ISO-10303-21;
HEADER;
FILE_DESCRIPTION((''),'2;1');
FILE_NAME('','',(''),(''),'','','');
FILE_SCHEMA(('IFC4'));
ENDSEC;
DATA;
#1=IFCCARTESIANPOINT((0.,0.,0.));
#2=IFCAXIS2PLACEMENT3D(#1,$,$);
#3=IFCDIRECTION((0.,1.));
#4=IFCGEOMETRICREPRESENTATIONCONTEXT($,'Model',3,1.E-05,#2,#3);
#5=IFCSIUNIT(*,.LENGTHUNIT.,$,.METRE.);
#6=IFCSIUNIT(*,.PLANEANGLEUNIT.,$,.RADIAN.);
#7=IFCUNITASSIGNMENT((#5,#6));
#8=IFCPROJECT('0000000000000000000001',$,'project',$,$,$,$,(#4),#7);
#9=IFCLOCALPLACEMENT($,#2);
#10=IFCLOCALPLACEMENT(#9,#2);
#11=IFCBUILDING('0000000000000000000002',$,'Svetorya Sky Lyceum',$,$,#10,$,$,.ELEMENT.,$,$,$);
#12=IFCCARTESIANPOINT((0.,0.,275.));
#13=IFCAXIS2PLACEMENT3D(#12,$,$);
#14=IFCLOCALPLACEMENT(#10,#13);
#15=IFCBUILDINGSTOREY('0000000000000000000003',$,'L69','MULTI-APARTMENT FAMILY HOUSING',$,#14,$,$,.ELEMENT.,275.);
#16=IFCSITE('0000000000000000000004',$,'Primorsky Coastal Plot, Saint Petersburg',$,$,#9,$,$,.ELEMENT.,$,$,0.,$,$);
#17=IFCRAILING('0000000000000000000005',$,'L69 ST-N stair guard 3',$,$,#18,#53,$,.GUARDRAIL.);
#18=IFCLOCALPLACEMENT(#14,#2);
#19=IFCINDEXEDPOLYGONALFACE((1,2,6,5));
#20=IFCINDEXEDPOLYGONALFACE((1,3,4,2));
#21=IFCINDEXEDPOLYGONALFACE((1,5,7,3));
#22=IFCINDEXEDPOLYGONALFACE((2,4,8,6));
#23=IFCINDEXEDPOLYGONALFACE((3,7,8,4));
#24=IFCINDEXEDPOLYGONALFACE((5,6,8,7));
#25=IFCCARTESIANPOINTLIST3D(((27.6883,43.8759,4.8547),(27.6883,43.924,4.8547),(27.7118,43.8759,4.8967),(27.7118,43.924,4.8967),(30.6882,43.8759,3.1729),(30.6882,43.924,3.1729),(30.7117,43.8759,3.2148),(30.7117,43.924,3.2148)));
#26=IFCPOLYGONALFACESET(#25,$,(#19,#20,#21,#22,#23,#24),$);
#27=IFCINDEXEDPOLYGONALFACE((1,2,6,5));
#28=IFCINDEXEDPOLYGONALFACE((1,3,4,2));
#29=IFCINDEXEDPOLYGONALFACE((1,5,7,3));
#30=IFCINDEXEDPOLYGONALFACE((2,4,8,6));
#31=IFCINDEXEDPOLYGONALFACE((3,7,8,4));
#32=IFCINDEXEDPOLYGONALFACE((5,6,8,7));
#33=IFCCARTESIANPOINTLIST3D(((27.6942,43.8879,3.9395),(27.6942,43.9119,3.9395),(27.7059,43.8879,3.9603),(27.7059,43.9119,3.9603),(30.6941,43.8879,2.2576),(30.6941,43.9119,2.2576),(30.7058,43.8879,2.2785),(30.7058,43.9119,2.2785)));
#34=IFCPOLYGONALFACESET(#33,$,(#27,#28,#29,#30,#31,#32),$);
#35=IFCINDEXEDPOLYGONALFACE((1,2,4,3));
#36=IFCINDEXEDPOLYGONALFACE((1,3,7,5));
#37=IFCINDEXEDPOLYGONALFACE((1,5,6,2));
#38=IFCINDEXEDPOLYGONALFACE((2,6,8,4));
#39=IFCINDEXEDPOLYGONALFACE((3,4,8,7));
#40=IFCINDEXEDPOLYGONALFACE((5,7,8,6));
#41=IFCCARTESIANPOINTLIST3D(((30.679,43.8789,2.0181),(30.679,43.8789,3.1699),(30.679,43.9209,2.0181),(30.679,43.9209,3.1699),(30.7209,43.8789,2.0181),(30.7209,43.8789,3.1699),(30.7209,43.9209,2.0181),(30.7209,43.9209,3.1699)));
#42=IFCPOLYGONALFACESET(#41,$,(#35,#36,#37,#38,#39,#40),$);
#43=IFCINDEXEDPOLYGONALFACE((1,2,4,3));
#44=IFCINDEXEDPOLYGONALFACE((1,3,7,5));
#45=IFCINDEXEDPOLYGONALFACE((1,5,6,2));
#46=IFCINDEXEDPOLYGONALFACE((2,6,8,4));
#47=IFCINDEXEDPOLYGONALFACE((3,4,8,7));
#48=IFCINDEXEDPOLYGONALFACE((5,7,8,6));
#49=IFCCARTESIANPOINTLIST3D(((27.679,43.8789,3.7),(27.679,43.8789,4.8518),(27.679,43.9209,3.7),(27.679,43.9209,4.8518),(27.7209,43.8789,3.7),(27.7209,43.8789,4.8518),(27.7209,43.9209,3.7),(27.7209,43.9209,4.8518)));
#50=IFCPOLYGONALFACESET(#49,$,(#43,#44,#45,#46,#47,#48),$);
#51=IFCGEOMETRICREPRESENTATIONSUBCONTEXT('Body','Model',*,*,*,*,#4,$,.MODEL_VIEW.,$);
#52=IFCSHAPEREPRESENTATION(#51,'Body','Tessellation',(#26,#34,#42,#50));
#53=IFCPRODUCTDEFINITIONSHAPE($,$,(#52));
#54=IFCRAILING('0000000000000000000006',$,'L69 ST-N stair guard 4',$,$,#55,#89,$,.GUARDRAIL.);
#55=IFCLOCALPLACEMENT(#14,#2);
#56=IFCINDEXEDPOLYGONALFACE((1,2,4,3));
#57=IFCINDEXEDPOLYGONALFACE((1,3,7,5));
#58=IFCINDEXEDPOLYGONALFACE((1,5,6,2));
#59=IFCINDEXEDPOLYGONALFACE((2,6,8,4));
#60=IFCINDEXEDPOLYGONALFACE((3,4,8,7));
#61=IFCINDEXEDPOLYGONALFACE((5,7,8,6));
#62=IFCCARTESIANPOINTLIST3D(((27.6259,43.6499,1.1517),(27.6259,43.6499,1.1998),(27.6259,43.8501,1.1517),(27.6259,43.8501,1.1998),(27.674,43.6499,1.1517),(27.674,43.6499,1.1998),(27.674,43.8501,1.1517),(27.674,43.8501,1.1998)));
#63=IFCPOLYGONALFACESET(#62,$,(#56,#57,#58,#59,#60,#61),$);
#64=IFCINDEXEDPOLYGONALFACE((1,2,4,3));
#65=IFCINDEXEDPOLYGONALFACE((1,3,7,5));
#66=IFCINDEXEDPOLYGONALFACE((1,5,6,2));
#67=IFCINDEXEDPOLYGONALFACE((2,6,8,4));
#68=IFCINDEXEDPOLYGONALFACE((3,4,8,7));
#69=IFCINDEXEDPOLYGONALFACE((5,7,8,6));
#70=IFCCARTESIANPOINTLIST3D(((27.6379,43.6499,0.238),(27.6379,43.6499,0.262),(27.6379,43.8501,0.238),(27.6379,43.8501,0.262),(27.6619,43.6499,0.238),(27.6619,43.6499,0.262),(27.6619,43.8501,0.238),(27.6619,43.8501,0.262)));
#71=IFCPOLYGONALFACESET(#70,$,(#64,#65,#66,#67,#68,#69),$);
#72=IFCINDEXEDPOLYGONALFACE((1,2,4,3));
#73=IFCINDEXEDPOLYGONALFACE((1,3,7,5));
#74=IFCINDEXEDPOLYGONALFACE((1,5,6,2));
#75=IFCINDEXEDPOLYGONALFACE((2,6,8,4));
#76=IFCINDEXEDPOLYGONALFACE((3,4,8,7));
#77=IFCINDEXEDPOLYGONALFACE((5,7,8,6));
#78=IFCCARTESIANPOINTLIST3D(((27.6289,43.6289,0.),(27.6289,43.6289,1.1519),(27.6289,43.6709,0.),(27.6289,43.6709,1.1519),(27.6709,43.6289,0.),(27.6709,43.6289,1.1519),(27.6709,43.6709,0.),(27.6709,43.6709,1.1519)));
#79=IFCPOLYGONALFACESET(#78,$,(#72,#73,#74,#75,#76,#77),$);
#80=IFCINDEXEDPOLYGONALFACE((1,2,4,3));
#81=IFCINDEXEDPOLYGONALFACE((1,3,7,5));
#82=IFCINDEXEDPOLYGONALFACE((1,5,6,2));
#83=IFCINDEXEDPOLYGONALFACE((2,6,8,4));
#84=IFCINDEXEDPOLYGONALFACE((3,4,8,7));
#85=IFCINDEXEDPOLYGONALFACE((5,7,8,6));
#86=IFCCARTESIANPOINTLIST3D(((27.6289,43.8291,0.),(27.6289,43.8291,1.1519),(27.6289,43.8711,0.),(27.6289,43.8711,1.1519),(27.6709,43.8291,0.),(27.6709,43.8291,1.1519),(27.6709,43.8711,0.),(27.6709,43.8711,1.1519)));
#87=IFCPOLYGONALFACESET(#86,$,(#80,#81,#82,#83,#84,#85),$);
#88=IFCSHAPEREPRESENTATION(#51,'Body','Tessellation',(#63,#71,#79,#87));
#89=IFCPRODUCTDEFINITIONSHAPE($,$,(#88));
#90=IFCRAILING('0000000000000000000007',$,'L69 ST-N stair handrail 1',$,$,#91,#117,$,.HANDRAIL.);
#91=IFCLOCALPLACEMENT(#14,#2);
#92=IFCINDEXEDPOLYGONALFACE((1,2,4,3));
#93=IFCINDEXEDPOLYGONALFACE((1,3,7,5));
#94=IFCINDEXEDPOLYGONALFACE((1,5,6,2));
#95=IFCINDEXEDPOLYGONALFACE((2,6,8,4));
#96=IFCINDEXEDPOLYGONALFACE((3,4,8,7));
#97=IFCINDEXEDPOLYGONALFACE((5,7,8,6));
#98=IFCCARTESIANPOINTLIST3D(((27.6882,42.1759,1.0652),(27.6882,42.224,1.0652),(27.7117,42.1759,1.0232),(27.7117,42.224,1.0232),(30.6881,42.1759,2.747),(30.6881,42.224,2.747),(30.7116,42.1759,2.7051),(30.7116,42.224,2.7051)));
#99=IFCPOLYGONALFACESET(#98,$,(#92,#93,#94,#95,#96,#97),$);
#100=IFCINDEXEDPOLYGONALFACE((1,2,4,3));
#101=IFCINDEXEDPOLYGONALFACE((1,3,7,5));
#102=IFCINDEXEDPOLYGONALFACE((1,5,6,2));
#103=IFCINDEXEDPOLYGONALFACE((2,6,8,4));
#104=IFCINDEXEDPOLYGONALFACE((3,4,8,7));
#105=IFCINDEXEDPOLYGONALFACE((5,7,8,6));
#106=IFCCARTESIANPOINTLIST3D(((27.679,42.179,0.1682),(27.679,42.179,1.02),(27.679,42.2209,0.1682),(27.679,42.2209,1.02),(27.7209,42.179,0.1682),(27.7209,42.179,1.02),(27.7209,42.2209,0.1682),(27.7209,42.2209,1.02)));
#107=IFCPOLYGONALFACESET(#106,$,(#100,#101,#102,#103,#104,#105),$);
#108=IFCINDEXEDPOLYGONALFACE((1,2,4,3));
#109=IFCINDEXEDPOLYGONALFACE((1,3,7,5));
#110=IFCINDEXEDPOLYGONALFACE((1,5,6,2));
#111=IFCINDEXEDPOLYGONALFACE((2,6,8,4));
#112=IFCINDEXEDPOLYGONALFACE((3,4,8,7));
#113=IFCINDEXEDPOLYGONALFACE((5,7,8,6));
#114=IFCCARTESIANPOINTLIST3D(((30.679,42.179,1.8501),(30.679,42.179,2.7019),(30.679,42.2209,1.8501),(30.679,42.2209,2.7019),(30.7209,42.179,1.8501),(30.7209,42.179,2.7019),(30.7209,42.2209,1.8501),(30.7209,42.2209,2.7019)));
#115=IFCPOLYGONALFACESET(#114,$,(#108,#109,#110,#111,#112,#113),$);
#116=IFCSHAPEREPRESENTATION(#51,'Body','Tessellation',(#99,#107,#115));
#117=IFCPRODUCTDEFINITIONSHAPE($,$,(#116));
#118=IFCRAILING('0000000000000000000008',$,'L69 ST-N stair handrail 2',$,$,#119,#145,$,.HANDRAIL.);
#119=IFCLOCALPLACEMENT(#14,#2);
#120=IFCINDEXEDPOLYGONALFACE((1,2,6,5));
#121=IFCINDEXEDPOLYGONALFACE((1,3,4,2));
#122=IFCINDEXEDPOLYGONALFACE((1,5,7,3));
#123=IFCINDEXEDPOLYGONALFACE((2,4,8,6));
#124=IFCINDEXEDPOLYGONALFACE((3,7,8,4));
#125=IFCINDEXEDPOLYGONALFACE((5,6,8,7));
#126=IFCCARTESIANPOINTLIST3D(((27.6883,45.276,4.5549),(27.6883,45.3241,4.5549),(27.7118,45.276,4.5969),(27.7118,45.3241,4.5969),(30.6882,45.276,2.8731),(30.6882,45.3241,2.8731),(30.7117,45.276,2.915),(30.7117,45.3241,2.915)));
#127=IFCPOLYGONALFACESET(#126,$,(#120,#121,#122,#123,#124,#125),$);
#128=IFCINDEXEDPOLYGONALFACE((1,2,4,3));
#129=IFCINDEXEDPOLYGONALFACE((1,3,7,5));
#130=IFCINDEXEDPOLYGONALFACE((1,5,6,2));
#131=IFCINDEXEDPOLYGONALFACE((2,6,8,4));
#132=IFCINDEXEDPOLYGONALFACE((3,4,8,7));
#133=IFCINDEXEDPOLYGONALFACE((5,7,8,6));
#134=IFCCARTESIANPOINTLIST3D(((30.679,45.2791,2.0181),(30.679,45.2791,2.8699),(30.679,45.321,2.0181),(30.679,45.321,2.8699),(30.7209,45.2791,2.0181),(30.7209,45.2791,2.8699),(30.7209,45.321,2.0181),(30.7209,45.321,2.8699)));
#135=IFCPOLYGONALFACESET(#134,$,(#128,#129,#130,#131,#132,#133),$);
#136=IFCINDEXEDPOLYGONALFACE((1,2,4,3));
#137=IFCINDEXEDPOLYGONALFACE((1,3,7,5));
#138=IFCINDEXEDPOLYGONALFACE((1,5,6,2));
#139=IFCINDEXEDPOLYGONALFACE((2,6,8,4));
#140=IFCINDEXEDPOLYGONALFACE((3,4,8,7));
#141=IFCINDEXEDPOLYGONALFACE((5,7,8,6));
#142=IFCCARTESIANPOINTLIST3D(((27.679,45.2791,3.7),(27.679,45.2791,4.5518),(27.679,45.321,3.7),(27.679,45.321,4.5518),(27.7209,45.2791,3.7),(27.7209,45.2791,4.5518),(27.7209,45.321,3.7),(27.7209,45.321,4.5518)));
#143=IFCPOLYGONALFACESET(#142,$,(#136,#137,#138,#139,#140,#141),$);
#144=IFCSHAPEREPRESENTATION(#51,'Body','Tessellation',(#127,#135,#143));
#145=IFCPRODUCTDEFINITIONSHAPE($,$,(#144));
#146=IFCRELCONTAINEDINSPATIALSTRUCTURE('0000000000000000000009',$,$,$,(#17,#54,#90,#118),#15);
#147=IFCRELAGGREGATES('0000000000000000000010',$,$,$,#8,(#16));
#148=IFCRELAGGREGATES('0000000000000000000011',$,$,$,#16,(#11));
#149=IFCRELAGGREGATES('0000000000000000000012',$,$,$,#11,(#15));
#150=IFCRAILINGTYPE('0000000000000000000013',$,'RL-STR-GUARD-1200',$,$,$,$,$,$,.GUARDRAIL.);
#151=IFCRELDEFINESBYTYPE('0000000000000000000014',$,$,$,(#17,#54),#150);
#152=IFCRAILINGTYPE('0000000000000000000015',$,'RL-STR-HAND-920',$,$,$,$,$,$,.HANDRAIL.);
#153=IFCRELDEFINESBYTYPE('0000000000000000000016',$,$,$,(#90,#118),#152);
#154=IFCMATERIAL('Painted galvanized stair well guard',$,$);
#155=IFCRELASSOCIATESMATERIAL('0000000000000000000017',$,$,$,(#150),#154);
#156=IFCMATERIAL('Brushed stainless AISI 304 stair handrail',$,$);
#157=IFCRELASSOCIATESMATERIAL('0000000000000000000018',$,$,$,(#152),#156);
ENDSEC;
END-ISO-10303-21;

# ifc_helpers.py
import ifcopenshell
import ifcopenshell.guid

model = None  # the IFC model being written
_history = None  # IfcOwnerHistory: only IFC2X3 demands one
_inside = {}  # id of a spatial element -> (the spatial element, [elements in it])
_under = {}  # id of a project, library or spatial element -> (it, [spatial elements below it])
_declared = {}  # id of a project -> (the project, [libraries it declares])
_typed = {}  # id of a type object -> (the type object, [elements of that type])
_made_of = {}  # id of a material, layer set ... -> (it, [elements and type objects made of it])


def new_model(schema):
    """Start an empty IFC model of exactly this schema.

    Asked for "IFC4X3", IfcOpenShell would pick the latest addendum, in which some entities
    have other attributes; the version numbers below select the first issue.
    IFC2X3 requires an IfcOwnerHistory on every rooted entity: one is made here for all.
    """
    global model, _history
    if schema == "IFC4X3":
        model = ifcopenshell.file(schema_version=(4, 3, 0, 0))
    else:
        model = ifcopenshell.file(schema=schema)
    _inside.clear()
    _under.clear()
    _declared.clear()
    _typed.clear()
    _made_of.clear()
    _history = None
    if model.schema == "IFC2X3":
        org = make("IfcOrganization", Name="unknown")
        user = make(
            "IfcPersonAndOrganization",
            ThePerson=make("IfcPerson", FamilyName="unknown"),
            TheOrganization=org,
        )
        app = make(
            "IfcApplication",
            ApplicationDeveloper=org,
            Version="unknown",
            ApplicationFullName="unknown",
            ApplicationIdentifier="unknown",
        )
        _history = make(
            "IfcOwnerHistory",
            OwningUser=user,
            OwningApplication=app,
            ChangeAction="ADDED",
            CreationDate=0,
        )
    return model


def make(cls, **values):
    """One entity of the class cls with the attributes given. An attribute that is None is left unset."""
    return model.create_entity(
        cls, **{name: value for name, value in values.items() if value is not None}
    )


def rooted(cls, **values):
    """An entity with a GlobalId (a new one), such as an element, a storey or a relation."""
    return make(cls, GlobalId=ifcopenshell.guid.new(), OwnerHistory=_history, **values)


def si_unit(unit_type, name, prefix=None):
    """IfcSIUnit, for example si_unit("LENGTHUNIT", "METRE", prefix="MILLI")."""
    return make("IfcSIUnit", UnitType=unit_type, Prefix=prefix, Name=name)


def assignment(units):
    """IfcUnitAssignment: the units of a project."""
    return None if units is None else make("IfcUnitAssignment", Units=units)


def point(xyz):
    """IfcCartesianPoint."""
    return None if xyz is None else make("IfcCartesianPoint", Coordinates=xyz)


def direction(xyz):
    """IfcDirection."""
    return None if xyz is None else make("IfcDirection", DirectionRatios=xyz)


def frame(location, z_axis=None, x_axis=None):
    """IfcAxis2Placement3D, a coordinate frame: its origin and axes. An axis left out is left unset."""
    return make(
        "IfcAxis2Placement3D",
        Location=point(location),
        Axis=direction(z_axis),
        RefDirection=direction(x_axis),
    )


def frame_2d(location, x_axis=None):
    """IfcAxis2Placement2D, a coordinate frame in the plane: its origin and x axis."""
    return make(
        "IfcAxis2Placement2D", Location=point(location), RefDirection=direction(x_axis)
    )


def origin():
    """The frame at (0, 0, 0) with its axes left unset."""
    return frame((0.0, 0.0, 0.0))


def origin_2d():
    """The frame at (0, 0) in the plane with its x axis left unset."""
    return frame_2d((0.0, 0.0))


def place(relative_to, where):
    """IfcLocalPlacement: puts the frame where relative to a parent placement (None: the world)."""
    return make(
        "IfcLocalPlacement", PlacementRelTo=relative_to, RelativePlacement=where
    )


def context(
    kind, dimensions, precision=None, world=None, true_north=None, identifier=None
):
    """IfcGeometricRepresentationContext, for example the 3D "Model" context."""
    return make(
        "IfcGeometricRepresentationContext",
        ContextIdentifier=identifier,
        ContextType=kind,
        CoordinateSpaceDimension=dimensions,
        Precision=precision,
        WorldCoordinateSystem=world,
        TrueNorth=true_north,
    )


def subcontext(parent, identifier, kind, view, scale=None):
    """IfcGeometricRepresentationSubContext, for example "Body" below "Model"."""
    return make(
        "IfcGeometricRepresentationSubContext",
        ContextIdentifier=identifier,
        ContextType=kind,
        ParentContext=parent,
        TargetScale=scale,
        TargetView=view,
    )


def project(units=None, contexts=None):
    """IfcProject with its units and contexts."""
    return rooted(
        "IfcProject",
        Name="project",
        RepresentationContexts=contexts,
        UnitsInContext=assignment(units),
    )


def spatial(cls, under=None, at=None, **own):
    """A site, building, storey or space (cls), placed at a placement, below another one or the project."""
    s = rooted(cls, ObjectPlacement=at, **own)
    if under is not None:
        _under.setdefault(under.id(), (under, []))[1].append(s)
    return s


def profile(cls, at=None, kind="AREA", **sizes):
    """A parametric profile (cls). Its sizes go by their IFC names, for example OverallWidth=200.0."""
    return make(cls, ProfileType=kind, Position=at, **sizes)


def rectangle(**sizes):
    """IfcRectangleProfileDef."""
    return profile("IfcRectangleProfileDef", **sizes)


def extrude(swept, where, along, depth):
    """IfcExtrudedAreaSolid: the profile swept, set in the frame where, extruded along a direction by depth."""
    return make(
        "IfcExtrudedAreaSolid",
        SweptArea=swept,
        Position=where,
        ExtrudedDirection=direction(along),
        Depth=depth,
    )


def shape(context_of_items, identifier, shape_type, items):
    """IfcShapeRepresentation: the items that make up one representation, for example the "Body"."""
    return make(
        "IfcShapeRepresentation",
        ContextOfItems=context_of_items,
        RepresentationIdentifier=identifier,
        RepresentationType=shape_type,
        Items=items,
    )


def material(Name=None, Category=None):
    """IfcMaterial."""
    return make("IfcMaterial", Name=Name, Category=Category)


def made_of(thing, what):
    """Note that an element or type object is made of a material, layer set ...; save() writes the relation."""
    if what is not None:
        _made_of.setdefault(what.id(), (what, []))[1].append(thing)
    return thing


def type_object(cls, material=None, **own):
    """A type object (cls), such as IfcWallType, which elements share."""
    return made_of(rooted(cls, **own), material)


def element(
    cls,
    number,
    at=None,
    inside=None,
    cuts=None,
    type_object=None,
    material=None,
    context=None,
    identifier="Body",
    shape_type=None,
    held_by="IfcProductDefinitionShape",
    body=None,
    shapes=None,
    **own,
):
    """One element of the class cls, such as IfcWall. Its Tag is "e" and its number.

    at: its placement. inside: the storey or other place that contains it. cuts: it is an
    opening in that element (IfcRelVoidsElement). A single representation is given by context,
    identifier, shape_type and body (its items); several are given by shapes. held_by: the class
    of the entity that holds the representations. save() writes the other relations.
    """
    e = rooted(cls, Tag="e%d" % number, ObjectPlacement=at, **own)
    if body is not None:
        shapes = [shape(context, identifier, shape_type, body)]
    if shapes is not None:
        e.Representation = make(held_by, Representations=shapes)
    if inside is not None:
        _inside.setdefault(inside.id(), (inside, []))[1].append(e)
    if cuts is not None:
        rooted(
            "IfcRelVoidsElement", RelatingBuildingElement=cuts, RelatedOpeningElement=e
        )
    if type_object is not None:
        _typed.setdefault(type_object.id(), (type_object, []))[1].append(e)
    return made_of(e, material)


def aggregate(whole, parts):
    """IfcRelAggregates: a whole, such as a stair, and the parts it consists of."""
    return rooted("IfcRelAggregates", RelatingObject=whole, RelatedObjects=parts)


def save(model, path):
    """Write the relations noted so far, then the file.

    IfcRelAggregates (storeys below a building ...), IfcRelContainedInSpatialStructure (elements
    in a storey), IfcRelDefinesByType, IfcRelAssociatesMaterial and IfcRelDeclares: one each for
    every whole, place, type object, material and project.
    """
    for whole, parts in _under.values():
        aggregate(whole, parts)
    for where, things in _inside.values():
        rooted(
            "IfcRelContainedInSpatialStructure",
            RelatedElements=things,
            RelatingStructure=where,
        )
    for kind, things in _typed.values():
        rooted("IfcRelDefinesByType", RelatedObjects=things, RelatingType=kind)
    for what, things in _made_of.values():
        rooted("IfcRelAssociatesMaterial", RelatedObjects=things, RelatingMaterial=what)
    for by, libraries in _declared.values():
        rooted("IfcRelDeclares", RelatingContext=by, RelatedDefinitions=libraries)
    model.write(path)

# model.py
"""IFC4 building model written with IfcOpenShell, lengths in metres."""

from ifc_helpers import new_model, si_unit, direction, frame, origin, origin_2d, place, context, subcontext, project, spatial, rectangle, extrude, material, type_object, element, save


model = new_model("IFC4")

# Units and contexts
model_context = context("Model", 3, precision=1e-05, world=origin(), true_north=direction((0.0, 1.0)))
body_context = subcontext(model_context, "Body", "Model", "MODEL_VIEW")
ifc_project = project(units=[si_unit("LENGTHUNIT", "METRE"), si_unit("PLANEANGLEUNIT", "RADIAN")], contexts=[model_context])

# Site, building, storey
site_placement = place(None, origin())
site = spatial("IfcSite", under=ifc_project, at=site_placement, Name="Primorsky Coastal Plot, Saint Petersburg", CompositionType="ELEMENT", RefElevation=0.0)
building_placement = place(site_placement, origin())
building = spatial("IfcBuilding", under=site, at=building_placement, Name="Svetorya Sky Lyceum", CompositionType="ELEMENT")
storey_placement = place(building_placement, frame((0.0, 0.0, 275.0)))
storey = spatial("IfcBuildingStorey", under=building, at=storey_placement, Name="L69", Description="MULTI-APARTMENT FAMILY HOUSING", CompositionType="ELEMENT", Elevation=275.0)

# Railings
ifc_material_1 = material(Name="Painted galvanized stair well guard")
railing_type_1 = type_object("IfcRailingType", Name="RL-STR-GUARD-1200", PredefinedType="GUARDRAIL", material=ifc_material_1)
railing_1_placement = place(storey_placement, frame((30.7, 43.8999, 2.0181)))
element("IfcRailing", 1, at=railing_1_placement, inside=storey, type_object=railing_type_1, Name="L69 ST-N stair guard 3", PredefinedType="GUARDRAIL", context=body_context, shape_type="SweptSolid", body=[
    extrude(rectangle(XDim=0.0481, YDim=0.0481, at=origin_2d()), frame((0.0, 0.0, 1.1758), z_axis=(-0.872272, 0.0, 0.48902), x_axis=(0.0, -1.0, 0.0)), (0.0, 0.0, 1.0), 3.4392),
    extrude(rectangle(XDim=0.0239, YDim=0.0239, at=origin_2d()), frame((0.0, 0.0, 0.25), z_axis=(-0.872272, 0.0, 0.48902), x_axis=(0.0, -1.0, 0.0)), (0.0, 0.0, 1.0), 3.4392),
    extrude(rectangle(XDim=0.042, YDim=0.042, at=origin_2d()), origin(), (0.0, 0.0, 1.0), 1.1519),
    extrude(rectangle(XDim=0.042, YDim=0.042, at=origin_2d()), frame((-3.0, 0.0, 1.6819)), (0.0, 0.0, 1.0), 1.1519),
])
railing_2_placement = place(storey_placement, frame((27.6499, 43.6499, 0.0)))
element("IfcRailing", 2, at=railing_2_placement, inside=storey, type_object=railing_type_1, Name="L69 ST-N stair guard 4", PredefinedType="GUARDRAIL", context=body_context, shape_type="SweptSolid", body=[
    extrude(rectangle(XDim=0.0481, YDim=0.0481, at=origin_2d()), frame((0.0, 0.0, 1.1758), z_axis=(0.0, 1.0, 0.0), x_axis=(-1.0, 0.0, 0.0)), (0.0, 0.0, 1.0), 0.2002),
    extrude(rectangle(XDim=0.0239, YDim=0.0239, at=origin_2d()), frame((0.0, 0.0, 0.25), z_axis=(0.0, 1.0, 0.0), x_axis=(-1.0, 0.0, 0.0)), (0.0, 0.0, 1.0), 0.2002),
    extrude(rectangle(XDim=0.042, YDim=0.042, at=origin_2d()), origin(), (0.0, 0.0, 1.0), 1.1519),
    extrude(rectangle(XDim=0.042, YDim=0.042, at=origin_2d()), frame((0.0, 0.2002, 0.0)), (0.0, 0.0, 1.0), 1.1519),
])
ifc_material_2 = material(Name="Brushed stainless AISI 304 stair handrail")
railing_type_2 = type_object("IfcRailingType", Name="RL-STR-HAND-920", PredefinedType="HANDRAIL", material=ifc_material_2)
railing_3_placement = place(storey_placement, frame((27.7, 42.2, 0.1682)))
element("IfcRailing", 3, at=railing_3_placement, inside=storey, type_object=railing_type_2, Name="L69 ST-N stair handrail 1", PredefinedType="HANDRAIL", context=body_context, shape_type="SweptSolid", body=[
    extrude(rectangle(XDim=0.0481, YDim=0.0481, at=origin_2d()), frame((0.0, 0.0, 0.876), z_axis=(0.872272, 0.0, 0.48902), x_axis=(0.0, 1.0, 0.0)), (0.0, 0.0, 1.0), 3.4392),
    extrude(rectangle(XDim=0.042, YDim=0.042, at=origin_2d()), origin(), (0.0, 0.0, 1.0), 0.8518),
    extrude(rectangle(XDim=0.042, YDim=0.042, at=origin_2d()), frame((3.0, 0.0, 1.6819)), (0.0, 0.0, 1.0), 0.8518),
])
railing_4_placement = place(storey_placement, frame((30.7, 45.3, 2.0181)))
element("IfcRailing", 4, at=railing_4_placement, inside=storey, type_object=railing_type_2, Name="L69 ST-N stair handrail 2", PredefinedType="HANDRAIL", context=body_context, shape_type="SweptSolid", body=[
    extrude(rectangle(XDim=0.0481, YDim=0.0481, at=origin_2d()), frame((0.0, 0.0, 0.876), z_axis=(-0.872272, 0.0, 0.48902), x_axis=(0.0, -1.0, 0.0)), (0.0, 0.0, 1.0), 3.4392),
    extrude(rectangle(XDim=0.042, YDim=0.042, at=origin_2d()), origin(), (0.0, 0.0, 1.0), 0.8518),
    extrude(rectangle(XDim=0.042, YDim=0.042, at=origin_2d()), frame((-3.0, 0.0, 1.6819)), (0.0, 0.0, 1.0), 0.8518),
])

save(model, "model.ifc")
